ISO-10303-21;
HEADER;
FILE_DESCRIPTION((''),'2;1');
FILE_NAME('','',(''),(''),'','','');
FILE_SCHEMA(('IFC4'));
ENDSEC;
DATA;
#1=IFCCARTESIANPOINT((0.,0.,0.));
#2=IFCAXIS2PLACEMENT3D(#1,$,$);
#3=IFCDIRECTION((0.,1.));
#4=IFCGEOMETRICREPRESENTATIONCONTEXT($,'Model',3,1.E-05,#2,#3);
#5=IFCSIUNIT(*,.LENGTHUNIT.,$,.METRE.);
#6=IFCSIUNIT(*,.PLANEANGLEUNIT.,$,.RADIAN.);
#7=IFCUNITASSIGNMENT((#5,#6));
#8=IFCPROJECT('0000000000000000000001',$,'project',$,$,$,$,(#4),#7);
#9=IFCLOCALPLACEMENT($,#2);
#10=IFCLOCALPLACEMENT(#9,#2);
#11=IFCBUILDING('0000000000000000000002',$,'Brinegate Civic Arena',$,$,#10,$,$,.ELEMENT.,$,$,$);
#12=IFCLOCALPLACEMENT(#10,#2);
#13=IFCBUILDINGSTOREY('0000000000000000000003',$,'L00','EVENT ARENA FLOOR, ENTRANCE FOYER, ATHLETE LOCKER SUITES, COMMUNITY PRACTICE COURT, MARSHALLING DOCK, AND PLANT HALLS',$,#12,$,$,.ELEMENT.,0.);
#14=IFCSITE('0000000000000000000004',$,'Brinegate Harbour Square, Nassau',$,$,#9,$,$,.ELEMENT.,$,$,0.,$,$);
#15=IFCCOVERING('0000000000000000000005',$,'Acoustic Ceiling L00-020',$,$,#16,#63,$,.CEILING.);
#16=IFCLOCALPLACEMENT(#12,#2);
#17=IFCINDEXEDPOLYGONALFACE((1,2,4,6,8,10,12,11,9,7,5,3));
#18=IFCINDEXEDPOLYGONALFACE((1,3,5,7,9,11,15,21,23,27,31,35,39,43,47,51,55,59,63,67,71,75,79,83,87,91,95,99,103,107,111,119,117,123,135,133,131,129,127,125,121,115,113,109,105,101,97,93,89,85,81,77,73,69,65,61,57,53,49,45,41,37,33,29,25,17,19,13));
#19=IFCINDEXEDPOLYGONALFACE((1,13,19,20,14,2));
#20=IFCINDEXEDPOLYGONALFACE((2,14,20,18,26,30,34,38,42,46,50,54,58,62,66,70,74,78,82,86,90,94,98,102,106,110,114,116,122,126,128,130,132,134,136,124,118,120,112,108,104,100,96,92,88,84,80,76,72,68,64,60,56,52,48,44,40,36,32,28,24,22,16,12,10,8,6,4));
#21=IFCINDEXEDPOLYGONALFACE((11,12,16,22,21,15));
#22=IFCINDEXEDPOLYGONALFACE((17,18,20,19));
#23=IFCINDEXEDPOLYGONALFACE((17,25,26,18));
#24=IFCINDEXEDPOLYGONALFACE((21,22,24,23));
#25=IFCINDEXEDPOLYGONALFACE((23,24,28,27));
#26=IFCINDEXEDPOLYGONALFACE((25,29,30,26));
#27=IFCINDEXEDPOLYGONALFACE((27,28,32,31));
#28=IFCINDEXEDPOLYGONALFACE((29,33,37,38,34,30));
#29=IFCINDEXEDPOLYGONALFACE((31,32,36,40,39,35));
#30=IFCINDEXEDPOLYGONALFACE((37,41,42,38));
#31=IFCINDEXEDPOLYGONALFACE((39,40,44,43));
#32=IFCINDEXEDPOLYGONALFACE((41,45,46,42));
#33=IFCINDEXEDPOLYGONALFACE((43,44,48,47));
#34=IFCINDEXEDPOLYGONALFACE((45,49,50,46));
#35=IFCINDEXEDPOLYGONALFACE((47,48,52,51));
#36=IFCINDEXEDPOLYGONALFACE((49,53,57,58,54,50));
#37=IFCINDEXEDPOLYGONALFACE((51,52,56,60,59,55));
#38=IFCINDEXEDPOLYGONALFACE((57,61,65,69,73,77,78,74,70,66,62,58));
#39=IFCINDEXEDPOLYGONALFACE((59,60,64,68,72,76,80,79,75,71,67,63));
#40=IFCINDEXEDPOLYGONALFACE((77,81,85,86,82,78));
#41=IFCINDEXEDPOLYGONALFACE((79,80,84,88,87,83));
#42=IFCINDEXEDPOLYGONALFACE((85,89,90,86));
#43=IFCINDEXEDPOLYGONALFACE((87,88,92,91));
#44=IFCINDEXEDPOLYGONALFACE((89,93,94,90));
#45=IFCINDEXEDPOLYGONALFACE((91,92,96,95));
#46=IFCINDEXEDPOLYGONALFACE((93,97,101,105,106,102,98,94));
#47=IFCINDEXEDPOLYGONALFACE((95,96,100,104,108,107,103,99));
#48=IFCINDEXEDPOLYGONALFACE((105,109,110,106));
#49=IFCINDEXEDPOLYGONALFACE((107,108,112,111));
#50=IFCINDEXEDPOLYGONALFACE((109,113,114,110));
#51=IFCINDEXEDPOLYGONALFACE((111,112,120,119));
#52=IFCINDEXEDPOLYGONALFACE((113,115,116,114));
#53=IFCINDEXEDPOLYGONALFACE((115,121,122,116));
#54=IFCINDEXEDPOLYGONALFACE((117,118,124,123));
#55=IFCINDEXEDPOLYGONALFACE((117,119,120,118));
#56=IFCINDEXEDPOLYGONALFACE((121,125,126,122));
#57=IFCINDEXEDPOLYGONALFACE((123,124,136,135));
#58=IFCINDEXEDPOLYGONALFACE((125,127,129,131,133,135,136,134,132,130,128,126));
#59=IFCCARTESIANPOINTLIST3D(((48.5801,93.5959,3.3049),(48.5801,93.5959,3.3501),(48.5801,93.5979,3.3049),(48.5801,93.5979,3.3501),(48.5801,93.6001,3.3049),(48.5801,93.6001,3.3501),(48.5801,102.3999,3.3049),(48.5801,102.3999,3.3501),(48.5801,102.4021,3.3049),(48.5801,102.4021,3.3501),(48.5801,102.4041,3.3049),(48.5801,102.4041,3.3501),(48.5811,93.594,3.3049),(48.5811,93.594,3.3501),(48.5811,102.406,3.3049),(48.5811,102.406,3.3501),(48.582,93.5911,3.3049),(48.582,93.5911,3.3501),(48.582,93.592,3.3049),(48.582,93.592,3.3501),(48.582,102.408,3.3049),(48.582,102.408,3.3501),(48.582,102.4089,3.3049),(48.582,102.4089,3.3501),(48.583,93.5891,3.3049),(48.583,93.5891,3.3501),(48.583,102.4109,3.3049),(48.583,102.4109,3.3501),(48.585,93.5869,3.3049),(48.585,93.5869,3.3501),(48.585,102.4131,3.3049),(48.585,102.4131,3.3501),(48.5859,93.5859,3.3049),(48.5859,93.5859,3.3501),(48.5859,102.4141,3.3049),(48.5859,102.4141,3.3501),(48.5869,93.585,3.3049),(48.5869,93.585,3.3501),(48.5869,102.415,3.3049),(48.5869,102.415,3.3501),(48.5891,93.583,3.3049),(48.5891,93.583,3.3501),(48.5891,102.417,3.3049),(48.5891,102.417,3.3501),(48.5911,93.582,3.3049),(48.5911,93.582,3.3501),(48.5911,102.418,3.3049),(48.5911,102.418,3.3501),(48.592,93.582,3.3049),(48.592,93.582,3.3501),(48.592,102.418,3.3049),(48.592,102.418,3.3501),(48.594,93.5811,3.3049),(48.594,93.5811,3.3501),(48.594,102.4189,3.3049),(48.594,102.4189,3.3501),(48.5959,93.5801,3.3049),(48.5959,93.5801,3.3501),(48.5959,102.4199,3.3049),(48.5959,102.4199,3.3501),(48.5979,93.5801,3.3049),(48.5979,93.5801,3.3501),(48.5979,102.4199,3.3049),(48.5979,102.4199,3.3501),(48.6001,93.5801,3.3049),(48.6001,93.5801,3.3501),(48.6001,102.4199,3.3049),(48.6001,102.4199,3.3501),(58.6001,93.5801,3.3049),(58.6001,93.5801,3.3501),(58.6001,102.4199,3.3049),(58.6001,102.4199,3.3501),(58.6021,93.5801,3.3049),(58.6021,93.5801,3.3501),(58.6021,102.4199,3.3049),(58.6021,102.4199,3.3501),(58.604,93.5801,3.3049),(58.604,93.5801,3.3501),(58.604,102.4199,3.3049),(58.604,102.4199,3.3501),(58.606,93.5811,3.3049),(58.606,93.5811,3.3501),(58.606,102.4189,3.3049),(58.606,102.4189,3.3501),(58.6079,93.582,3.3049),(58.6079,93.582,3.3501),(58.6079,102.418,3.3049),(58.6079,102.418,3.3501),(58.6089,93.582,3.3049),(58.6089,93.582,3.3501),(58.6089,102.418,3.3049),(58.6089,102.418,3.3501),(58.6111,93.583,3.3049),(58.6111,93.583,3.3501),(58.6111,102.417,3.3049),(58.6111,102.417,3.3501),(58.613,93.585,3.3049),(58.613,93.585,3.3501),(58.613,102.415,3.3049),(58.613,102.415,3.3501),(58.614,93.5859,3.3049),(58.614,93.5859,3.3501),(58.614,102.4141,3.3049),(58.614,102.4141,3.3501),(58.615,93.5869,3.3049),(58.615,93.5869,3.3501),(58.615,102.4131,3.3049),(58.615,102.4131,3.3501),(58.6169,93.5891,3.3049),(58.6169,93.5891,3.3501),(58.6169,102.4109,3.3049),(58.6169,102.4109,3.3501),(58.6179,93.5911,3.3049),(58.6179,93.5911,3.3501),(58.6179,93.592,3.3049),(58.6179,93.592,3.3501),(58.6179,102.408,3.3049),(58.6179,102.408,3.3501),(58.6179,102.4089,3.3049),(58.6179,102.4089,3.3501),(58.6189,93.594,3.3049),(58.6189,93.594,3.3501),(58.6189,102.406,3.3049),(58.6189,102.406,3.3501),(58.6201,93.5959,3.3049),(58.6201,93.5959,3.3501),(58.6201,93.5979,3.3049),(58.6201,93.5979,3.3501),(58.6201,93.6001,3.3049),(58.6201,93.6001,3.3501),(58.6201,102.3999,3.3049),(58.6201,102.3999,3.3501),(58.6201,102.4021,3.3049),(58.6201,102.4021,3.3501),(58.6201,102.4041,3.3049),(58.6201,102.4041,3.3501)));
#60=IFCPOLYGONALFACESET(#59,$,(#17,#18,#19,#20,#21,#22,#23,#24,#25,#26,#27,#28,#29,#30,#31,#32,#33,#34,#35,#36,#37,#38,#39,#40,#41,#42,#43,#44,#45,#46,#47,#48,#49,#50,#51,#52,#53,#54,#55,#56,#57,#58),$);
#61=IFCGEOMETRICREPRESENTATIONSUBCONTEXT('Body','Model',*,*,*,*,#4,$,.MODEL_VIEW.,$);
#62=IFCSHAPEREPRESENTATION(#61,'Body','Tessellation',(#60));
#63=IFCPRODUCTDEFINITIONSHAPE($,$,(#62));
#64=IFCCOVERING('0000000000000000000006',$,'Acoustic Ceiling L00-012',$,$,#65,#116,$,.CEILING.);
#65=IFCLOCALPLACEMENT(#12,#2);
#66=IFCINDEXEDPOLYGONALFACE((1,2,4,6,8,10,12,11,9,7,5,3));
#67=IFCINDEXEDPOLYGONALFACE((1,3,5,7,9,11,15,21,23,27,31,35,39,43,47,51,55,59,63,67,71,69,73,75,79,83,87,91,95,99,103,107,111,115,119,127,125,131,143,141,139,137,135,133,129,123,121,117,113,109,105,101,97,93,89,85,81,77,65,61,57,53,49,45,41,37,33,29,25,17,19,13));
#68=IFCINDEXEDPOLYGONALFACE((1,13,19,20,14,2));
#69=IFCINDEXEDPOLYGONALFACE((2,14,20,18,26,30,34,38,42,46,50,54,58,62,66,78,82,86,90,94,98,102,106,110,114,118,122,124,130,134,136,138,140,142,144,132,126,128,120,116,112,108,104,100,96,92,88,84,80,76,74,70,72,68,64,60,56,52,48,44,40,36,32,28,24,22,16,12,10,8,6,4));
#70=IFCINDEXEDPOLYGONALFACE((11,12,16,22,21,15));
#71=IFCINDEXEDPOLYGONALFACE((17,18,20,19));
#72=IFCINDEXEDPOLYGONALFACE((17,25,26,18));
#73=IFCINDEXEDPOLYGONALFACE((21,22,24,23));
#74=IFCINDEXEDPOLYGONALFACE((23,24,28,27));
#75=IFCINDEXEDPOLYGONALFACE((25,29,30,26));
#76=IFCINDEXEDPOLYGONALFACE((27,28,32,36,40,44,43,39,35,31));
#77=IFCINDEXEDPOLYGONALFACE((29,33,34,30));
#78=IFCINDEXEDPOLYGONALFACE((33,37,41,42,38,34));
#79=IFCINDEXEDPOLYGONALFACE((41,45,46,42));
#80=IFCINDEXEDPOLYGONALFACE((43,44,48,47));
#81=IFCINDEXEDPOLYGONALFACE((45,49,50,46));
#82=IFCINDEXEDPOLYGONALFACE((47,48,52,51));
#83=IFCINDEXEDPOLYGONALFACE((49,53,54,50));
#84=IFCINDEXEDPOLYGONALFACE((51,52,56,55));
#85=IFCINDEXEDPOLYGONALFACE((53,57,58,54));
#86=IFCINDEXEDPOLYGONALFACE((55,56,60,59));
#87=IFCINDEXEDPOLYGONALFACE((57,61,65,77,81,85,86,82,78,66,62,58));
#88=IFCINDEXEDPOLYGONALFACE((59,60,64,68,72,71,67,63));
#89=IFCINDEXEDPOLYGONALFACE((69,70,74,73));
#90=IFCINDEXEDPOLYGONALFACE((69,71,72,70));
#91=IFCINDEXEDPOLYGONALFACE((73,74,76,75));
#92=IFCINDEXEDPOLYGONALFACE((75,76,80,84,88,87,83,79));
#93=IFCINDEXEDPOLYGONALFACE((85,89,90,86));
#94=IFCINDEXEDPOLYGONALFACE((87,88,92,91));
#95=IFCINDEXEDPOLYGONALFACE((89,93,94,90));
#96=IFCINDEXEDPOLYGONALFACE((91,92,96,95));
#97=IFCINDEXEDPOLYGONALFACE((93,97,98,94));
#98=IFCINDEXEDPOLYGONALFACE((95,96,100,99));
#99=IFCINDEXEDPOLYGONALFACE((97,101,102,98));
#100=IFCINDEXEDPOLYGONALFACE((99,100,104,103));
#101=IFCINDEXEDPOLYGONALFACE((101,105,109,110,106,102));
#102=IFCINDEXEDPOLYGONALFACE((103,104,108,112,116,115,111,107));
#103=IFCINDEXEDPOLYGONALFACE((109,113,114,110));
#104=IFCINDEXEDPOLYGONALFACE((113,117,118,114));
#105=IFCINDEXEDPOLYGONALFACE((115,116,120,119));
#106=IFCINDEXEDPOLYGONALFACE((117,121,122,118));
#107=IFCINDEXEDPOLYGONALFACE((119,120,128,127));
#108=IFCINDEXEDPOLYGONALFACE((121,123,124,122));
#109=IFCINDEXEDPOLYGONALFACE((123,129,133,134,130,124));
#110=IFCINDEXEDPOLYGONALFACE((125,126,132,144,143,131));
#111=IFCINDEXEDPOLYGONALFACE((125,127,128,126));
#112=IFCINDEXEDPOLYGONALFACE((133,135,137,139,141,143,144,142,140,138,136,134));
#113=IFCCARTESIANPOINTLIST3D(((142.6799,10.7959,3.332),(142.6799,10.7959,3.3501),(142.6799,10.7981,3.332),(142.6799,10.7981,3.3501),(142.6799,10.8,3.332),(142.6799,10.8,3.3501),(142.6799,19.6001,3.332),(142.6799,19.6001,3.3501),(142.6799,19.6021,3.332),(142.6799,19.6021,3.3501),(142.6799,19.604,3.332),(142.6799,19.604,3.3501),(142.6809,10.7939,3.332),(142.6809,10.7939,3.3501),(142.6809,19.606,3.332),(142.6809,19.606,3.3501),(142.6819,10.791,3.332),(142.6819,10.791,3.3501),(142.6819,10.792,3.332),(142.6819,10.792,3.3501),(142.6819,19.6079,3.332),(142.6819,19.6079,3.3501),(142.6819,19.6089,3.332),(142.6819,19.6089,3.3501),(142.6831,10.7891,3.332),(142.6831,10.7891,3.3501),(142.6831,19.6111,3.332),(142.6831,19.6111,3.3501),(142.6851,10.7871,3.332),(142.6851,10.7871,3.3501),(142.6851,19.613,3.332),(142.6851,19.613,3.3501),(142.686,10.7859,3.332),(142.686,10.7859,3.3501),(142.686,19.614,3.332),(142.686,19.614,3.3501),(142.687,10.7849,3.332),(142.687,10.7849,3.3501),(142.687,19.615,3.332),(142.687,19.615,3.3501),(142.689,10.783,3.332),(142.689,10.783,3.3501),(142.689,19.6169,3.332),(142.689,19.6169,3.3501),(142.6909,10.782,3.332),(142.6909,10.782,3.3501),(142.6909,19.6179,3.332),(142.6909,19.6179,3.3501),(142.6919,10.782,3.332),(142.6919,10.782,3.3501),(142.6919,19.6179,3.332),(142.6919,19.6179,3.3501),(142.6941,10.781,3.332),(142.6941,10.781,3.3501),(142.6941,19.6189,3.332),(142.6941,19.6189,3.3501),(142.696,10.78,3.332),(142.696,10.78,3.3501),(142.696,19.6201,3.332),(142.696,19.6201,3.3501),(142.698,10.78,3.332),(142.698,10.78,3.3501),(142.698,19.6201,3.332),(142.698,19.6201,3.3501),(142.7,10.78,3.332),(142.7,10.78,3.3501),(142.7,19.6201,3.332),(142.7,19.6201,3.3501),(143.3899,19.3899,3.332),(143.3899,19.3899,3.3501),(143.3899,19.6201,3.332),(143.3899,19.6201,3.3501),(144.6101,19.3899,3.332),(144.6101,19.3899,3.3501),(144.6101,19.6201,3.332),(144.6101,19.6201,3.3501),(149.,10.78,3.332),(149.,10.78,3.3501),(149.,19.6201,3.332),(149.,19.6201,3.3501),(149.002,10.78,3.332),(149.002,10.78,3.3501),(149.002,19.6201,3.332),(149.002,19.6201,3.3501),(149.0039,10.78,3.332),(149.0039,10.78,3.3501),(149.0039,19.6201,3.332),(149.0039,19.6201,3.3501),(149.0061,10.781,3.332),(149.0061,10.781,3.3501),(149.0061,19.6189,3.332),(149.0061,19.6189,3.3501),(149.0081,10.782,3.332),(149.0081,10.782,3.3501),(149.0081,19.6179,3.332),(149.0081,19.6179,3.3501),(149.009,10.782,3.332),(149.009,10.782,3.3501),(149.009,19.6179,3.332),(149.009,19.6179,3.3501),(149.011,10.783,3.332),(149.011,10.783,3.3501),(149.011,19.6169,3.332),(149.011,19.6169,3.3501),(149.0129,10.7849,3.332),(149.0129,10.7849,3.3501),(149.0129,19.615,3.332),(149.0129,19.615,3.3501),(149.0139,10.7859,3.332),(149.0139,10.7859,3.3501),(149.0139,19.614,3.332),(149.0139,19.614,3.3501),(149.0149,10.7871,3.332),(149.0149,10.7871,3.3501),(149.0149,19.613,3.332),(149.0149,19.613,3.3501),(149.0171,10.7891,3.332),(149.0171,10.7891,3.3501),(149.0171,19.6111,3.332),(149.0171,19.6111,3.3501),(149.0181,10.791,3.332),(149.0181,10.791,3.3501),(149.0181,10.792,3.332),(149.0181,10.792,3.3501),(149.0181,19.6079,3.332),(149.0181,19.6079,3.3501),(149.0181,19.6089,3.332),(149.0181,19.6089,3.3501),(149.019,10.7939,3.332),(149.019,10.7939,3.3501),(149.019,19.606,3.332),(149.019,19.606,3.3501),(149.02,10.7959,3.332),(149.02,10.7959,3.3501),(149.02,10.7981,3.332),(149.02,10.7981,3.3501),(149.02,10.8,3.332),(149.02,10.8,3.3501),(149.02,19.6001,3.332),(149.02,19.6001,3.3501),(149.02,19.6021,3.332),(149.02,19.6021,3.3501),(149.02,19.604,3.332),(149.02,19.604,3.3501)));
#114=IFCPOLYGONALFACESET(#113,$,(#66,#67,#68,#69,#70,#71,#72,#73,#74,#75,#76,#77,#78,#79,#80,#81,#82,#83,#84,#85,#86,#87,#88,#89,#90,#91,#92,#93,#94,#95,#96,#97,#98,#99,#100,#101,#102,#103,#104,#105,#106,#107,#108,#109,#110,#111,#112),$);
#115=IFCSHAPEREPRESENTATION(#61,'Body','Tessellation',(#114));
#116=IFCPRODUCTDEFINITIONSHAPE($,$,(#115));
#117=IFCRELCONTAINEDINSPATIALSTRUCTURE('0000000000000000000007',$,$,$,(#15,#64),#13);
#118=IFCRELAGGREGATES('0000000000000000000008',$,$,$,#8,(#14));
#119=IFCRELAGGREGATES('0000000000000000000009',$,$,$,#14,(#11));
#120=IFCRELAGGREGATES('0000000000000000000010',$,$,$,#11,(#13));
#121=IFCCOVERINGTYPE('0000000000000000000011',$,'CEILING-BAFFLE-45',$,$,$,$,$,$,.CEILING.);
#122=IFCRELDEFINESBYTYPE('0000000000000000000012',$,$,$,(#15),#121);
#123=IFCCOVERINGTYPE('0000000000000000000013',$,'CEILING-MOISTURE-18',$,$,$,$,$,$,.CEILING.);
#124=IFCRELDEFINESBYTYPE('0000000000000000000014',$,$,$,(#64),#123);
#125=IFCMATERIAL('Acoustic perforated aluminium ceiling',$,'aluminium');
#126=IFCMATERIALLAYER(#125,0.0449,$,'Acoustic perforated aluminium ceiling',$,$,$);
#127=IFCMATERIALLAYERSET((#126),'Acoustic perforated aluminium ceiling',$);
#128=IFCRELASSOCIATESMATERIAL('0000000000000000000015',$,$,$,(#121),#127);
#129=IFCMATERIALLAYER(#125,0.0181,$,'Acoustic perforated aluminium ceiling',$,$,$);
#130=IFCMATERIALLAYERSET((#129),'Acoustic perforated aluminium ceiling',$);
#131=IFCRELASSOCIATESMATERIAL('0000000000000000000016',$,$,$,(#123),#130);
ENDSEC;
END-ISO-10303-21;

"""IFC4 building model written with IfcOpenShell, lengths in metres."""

from ifc_helpers import new_model, si_unit, direction, frame, origin, place, context, subcontext, project, spatial, polyline, outline, extrude, material, layer, layer_set, type_object, element, save


model = new_model("IFC4")

# Units and contexts
model_context = context("Model", 3, precision=1e-05, world=origin(), true_north=direction((0.0, 1.0)))
body_context = subcontext(model_context, "Body", "Model", "MODEL_VIEW")
ifc_project = project(units=[si_unit("LENGTHUNIT", "METRE"), si_unit("PLANEANGLEUNIT", "RADIAN")], contexts=[model_context])

# Site, building, storey
site_placement = place(None, origin())
site = spatial("IfcSite", under=ifc_project, at=site_placement, Name="Brinegate Harbour Square, Nassau", CompositionType="ELEMENT", RefElevation=0.0)
building_placement = place(site_placement, origin())
building = spatial("IfcBuilding", under=site, at=building_placement, Name="Brinegate Civic Arena", CompositionType="ELEMENT")
storey_placement = place(building_placement, origin())
storey = spatial("IfcBuildingStorey", under=building, at=storey_placement, Name="L00", Description="EVENT ARENA FLOOR, ENTRANCE FOYER, ATHLETE LOCKER SUITES, COMMUNITY PRACTICE COURT, MARSHALLING DOCK, AND PLANT HALLS", CompositionType="ELEMENT", Elevation=0.0)

# Coverings
ifc_material_1 = material(Name="Acoustic perforated aluminium ceiling", Category="aluminium")
ifc_layer_1 = layer(ifc_material_1, 0.0449, Name="Acoustic perforated aluminium ceiling")
ifc_layer_set_1 = layer_set([ifc_layer_1], Name="Acoustic perforated aluminium ceiling")
covering_type_1 = type_object("IfcCoveringType", Name="CEILING-BAFFLE-45", PredefinedType="CEILING", material=ifc_layer_set_1)
covering_1_placement = place(storey_placement, frame((0.0, 0.0, 3.3049)))
element("IfcCovering", 1, at=covering_1_placement, inside=storey, type_object=covering_type_1, Name="Acoustic Ceiling L00-020", PredefinedType="CEILING", context=body_context, shape_type="SweptSolid", body=[
    extrude(outline(polyline([(58.604, 102.4199), (58.606, 102.4189), (58.6079, 102.418), (58.6089, 102.418), (58.6111, 102.417), (58.613, 102.415), (58.614, 102.4141), (58.615, 102.4131), (58.6169, 102.4109), (58.6179, 102.4089), (58.6179, 102.408), (58.6189, 102.406), (58.6201, 102.4041), (58.6201, 102.4021), (58.6201, 102.3999), (58.6201, 93.6001), (58.6201, 93.5979), (58.6201, 93.5959), (58.6189, 93.594), (58.6179, 93.592), (58.6179, 93.5911), (58.6169, 93.5891), (58.615, 93.5869), (58.614, 93.5859), (58.613, 93.585), (58.6111, 93.583), (58.6089, 93.582), (58.6079, 93.582), (58.606, 93.5811), (58.604, 93.5801), (58.6021, 93.5801), (58.6001, 93.5801), (48.6001, 93.5801), (48.5979, 93.5801), (48.5959, 93.5801), (48.594, 93.5811), (48.592, 93.582), (48.5911, 93.582), (48.5891, 93.583), (48.5869, 93.585), (48.5859, 93.5859), (48.585, 93.5869), (48.583, 93.5891), (48.582, 93.5911), (48.582, 93.592), (48.5811, 93.594), (48.5801, 93.5959), (48.5801, 93.5979), (48.5801, 93.6001), (48.5801, 102.3999), (48.5801, 102.4021), (48.5801, 102.4041), (48.5811, 102.406), (48.582, 102.408), (48.582, 102.4089), (48.583, 102.4109), (48.585, 102.4131), (48.5859, 102.4141), (48.5869, 102.415), (48.5891, 102.417), (48.5911, 102.418), (48.592, 102.418), (48.594, 102.4189), (48.5959, 102.4199), (48.5979, 102.4199), (48.6001, 102.4199), (58.6001, 102.4199), (58.6021, 102.4199), (58.604, 102.4199)])), origin(), (0.0, 0.0, 1.0), 0.0452),
])
ifc_layer_2 = layer(ifc_material_1, 0.0181, Name="Acoustic perforated aluminium ceiling")
ifc_layer_set_2 = layer_set([ifc_layer_2], Name="Acoustic perforated aluminium ceiling")
covering_type_2 = type_object("IfcCoveringType", Name="CEILING-MOISTURE-18", PredefinedType="CEILING", material=ifc_layer_set_2)
covering_2_placement = place(storey_placement, frame((0.0, 0.0, 3.332)))
element("IfcCovering", 2, at=covering_2_placement, inside=storey, type_object=covering_type_2, Name="Acoustic Ceiling L00-012", PredefinedType="CEILING", context=body_context, shape_type="SweptSolid", body=[
    extrude(outline(polyline([(149.0039, 19.6201), (149.0061, 19.6189), (149.0081, 19.6179), (149.009, 19.6179), (149.011, 19.6169), (149.0129, 19.615), (149.0139, 19.614), (149.0149, 19.613), (149.0171, 19.6111), (149.0181, 19.6089), (149.0181, 19.6079), (149.019, 19.606), (149.02, 19.604), (149.02, 19.6021), (149.02, 19.6001), (149.02, 10.8), (149.02, 10.7981), (149.02, 10.7959), (149.019, 10.7939), (149.0181, 10.792), (149.0181, 10.791), (149.0171, 10.7891), (149.0149, 10.7871), (149.0139, 10.7859), (149.0129, 10.7849), (149.011, 10.783), (149.009, 10.782), (149.0081, 10.782), (149.0061, 10.781), (149.0039, 10.78), (149.002, 10.78), (149.0, 10.78), (142.7, 10.78), (142.698, 10.78), (142.696, 10.78), (142.6941, 10.781), (142.6919, 10.782), (142.6909, 10.782), (142.689, 10.783), (142.687, 10.7849), (142.686, 10.7859), (142.6851, 10.7871), (142.6831, 10.7891), (142.6819, 10.791), (142.6819, 10.792), (142.6809, 10.7939), (142.6799, 10.7959), (142.6799, 10.7981), (142.6799, 10.8), (142.6799, 19.6001), (142.6799, 19.6021), (142.6799, 19.604), (142.6809, 19.606), (142.6819, 19.6079), (142.6819, 19.6089), (142.6831, 19.6111), (142.6851, 19.613), (142.686, 19.614), (142.687, 19.615), (142.689, 19.6169), (142.6909, 19.6179), (142.6919, 19.6179), (142.6941, 19.6189), (142.696, 19.6201), (142.698, 19.6201), (142.7, 19.6201), (143.3899, 19.6201), (143.3899, 19.3899), (144.6101, 19.3899), (144.6101, 19.6201), (149.0, 19.6201), (149.002, 19.6201), (149.0039, 19.6201)])), origin(), (0.0, 0.0, 1.0), 0.0181),
])

save(model, "model.ifc")
